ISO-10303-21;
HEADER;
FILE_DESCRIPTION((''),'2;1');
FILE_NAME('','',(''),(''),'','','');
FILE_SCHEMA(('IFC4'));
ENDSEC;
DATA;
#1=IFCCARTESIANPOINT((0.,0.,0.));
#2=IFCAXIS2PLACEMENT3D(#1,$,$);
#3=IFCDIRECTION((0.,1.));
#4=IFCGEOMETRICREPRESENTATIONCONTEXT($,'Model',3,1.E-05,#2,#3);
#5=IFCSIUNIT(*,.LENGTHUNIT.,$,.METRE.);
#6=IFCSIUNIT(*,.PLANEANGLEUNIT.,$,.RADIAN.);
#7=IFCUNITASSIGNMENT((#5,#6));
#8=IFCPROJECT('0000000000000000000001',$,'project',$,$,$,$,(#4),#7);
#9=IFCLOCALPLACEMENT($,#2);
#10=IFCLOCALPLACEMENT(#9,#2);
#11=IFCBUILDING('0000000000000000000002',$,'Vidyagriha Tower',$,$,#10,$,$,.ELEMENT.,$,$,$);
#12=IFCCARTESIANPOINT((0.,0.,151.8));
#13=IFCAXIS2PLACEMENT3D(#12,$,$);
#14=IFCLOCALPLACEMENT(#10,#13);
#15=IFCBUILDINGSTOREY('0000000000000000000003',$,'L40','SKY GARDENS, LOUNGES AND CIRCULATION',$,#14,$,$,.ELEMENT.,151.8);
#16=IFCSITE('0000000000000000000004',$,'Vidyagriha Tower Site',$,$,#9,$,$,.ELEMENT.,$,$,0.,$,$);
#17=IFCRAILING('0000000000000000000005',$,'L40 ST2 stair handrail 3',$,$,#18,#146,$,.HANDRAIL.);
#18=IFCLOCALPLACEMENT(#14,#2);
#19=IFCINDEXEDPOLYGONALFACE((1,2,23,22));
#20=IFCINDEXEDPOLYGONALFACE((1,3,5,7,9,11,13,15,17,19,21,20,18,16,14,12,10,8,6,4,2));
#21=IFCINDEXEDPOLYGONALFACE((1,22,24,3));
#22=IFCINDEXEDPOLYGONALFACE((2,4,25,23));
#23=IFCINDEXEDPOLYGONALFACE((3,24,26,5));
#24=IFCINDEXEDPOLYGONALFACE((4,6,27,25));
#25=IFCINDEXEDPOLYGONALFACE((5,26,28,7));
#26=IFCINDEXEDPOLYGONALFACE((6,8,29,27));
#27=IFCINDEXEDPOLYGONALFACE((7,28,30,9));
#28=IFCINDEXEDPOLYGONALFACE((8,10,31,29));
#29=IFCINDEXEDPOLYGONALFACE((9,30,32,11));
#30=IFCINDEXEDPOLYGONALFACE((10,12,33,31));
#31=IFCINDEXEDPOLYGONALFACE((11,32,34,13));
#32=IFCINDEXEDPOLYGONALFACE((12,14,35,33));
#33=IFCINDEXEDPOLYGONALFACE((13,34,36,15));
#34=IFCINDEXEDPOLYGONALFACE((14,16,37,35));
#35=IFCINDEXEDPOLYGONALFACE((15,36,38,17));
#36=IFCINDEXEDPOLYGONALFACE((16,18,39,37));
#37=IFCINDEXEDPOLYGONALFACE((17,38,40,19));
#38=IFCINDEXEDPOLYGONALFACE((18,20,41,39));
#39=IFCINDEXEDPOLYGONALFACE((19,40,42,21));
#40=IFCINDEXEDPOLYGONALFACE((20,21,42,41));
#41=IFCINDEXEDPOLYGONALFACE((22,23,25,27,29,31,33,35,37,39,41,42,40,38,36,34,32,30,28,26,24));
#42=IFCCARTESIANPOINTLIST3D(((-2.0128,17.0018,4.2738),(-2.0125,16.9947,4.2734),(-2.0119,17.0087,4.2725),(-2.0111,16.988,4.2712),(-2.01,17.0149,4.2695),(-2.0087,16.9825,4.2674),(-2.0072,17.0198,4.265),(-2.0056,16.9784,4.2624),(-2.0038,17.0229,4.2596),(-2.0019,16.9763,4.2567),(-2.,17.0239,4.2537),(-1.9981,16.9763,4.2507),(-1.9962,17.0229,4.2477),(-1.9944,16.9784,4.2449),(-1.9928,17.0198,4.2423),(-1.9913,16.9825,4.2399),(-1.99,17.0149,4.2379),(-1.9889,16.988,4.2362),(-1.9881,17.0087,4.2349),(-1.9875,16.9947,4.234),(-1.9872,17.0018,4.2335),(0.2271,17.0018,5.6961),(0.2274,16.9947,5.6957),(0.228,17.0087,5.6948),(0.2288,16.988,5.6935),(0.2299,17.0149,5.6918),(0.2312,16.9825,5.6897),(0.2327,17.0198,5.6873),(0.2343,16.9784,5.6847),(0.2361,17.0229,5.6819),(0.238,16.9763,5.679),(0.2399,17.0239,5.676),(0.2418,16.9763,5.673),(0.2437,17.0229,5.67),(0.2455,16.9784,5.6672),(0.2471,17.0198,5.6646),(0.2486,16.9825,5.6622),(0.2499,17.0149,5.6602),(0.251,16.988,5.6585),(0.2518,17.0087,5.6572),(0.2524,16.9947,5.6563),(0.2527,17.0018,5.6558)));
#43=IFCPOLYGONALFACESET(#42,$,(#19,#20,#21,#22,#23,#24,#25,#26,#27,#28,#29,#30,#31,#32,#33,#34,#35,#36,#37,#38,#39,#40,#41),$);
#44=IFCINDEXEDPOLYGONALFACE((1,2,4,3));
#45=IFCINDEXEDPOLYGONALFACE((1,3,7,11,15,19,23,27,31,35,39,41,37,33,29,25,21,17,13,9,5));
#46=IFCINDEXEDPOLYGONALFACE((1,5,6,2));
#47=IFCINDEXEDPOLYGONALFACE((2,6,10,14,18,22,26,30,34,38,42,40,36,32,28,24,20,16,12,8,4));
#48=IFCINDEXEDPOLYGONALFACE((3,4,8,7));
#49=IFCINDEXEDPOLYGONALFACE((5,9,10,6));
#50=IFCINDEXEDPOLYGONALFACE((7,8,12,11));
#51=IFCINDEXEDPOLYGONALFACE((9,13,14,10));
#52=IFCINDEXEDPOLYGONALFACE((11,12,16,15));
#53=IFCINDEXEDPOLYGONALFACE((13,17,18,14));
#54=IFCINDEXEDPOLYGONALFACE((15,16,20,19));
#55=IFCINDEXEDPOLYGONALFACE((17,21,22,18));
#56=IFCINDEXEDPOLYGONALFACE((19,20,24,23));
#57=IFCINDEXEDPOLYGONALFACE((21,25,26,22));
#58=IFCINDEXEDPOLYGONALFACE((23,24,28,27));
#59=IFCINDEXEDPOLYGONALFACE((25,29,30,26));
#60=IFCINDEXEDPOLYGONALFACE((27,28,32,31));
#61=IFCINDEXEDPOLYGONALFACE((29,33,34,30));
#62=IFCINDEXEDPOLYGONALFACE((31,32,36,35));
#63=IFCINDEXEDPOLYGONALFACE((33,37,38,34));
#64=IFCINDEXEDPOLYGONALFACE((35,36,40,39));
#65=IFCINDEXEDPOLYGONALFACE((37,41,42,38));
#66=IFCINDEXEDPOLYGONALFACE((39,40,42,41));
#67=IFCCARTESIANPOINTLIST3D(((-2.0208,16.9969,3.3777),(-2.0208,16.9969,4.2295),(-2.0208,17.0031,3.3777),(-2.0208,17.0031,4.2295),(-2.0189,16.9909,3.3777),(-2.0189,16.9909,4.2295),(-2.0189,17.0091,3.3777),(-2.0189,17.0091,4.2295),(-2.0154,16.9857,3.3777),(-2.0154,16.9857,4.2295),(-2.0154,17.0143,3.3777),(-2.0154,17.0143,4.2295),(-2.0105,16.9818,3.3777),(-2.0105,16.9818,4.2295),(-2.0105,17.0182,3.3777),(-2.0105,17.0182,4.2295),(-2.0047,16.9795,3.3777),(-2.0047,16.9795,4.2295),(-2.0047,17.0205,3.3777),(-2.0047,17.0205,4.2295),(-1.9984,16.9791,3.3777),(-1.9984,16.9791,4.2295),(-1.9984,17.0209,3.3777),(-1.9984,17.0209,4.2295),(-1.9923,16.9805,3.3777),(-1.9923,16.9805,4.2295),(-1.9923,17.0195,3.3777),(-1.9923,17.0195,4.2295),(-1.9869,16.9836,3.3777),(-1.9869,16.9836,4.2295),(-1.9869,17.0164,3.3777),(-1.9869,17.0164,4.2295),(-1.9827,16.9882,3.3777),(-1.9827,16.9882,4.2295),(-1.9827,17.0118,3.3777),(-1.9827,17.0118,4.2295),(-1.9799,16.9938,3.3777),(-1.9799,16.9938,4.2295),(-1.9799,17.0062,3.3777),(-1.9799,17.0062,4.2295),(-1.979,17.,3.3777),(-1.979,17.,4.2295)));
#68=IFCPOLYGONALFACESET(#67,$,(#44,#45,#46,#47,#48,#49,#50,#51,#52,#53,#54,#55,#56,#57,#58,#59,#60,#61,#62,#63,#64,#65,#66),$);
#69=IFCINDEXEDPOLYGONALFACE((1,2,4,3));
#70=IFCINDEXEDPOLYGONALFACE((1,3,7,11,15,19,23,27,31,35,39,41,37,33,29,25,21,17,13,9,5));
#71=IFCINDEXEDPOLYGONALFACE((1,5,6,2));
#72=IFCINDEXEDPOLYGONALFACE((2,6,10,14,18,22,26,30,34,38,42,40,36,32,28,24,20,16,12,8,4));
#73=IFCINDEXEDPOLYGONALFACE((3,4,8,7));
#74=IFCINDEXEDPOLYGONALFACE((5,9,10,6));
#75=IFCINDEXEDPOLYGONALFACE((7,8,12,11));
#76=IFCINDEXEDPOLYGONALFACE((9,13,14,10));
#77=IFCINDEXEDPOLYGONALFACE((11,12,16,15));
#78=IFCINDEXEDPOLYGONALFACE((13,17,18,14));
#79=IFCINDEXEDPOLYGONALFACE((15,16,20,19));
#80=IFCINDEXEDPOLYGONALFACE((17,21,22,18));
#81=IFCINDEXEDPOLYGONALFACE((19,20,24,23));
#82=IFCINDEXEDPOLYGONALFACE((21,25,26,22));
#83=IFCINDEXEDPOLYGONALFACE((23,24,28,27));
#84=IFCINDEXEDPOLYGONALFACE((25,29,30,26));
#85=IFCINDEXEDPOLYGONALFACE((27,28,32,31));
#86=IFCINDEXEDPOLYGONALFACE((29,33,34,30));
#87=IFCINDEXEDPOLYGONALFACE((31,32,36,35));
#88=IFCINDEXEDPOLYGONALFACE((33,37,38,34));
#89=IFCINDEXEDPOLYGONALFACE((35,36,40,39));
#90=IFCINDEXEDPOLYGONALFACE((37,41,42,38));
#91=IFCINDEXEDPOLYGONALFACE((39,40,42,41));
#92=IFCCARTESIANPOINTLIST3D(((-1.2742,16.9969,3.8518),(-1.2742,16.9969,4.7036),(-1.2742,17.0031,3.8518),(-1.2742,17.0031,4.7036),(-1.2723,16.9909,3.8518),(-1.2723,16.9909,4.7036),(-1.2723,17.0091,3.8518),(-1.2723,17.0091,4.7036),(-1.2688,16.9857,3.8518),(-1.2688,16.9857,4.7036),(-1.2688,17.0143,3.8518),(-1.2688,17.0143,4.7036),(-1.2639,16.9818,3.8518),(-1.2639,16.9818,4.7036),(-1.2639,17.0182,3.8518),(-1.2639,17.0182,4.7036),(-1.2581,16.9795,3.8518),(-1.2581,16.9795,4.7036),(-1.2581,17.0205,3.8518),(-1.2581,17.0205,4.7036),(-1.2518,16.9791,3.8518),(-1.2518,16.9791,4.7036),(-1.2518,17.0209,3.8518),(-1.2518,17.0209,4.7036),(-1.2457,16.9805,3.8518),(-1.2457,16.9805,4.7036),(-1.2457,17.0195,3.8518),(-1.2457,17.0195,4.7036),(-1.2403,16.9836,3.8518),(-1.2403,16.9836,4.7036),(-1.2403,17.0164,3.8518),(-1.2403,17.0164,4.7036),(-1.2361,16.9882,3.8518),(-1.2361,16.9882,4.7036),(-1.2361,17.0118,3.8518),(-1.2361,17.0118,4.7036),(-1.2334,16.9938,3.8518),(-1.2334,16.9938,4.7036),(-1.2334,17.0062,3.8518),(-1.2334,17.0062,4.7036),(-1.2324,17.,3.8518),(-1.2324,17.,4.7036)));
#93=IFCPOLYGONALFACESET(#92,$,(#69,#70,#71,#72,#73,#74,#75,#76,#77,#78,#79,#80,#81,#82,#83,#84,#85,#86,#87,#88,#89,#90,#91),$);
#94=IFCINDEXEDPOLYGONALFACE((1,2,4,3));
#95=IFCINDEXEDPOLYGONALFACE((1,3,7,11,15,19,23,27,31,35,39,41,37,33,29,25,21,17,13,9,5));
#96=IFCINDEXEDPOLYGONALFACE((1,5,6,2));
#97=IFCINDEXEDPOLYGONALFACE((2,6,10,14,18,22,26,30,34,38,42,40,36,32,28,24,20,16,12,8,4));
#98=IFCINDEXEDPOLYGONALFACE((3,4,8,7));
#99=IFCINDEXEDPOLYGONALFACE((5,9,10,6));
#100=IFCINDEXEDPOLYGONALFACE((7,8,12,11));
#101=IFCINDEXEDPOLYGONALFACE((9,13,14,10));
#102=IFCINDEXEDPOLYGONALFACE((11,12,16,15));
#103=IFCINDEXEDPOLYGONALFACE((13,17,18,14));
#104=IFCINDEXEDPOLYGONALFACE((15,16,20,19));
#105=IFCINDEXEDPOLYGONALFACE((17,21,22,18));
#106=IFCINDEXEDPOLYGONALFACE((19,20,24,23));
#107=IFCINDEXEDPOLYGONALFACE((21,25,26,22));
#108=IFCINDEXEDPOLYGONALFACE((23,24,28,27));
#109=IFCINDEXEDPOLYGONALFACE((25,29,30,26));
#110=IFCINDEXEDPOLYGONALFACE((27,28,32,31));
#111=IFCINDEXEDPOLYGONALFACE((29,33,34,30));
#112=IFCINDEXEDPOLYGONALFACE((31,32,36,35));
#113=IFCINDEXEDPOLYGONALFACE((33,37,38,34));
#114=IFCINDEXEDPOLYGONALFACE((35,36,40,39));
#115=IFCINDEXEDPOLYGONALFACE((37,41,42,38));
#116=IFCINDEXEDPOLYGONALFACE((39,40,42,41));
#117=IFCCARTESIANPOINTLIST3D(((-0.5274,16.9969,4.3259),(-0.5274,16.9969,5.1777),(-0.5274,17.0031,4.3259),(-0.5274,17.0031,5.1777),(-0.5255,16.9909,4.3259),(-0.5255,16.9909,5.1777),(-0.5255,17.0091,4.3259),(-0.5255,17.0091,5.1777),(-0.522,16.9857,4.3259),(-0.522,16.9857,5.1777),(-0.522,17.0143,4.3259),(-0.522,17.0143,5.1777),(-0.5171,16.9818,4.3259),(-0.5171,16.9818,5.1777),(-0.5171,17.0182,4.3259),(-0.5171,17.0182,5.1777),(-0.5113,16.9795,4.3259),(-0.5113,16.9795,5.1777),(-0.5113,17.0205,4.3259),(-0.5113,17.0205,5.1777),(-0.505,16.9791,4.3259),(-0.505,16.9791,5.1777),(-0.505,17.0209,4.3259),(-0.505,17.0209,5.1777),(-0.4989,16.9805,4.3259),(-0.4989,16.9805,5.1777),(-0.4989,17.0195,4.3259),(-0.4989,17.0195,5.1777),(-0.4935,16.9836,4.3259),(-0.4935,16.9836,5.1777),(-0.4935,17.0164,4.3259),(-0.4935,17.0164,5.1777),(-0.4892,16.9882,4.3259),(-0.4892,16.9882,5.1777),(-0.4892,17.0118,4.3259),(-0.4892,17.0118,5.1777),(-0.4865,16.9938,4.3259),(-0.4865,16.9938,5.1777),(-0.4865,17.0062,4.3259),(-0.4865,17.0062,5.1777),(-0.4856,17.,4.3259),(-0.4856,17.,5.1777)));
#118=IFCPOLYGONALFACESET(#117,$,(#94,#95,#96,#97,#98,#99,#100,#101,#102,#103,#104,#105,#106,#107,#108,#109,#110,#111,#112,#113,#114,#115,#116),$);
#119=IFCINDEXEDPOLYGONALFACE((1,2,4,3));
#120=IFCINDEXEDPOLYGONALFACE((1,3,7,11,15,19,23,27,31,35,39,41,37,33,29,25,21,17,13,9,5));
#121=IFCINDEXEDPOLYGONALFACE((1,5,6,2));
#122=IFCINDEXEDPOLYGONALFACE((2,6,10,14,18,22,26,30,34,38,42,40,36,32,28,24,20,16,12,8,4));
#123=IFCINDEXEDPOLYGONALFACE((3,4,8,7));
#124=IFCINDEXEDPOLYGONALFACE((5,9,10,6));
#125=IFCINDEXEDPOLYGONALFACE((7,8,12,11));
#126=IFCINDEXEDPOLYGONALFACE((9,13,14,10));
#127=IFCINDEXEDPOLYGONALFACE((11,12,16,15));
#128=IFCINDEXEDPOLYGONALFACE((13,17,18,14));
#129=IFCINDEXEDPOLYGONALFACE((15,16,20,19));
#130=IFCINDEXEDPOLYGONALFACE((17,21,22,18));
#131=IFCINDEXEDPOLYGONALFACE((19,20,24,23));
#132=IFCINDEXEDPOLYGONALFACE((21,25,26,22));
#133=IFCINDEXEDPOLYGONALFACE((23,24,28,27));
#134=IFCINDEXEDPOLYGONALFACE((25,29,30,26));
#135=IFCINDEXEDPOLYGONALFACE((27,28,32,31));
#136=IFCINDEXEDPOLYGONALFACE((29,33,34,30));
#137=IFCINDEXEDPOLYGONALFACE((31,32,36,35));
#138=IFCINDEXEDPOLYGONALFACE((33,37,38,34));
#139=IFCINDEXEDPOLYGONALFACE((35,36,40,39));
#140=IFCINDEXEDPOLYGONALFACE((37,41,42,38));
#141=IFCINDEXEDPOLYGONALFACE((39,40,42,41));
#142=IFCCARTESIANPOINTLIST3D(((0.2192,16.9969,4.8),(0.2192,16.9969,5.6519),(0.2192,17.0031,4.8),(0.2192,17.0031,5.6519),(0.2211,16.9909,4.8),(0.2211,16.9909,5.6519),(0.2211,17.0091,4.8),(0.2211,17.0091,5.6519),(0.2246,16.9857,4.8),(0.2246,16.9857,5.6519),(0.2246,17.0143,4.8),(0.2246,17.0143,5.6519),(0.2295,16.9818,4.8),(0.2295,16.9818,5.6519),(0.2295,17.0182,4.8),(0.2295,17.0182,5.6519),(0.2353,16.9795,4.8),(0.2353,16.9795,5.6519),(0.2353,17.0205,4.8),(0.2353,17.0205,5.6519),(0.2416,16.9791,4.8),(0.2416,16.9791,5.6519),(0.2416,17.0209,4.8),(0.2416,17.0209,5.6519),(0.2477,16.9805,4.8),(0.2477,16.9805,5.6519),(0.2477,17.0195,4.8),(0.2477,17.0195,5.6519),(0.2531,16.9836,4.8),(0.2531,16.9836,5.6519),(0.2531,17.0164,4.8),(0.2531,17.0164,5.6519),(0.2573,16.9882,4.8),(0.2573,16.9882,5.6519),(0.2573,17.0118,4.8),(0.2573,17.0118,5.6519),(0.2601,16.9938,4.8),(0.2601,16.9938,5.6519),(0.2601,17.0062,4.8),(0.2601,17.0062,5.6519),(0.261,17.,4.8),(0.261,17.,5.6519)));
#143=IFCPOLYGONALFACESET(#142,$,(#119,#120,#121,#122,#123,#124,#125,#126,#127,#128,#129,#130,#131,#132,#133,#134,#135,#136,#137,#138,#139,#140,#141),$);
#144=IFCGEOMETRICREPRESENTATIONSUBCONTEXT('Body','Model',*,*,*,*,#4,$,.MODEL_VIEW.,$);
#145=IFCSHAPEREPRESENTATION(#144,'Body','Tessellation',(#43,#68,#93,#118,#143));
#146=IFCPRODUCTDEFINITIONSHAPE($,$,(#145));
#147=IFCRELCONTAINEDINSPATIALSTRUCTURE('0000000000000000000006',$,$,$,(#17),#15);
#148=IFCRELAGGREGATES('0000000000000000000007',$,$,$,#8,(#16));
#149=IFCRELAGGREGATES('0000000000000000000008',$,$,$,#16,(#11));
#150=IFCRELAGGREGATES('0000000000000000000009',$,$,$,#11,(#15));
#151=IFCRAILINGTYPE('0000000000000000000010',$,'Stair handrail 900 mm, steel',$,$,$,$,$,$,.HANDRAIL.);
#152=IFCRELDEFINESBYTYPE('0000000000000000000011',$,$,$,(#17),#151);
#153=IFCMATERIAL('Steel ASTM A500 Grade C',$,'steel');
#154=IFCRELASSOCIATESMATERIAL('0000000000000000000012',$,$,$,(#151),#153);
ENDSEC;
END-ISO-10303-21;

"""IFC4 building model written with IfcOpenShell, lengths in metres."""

from ifc_helpers import new_model, si_unit, direction, frame, origin, origin_2d, place, context, subcontext, project, spatial, circle, extrude, material, type_object, element, save


model = new_model("IFC4")

# Units and contexts
model_context = context("Model", 3, precision=1e-05, world=origin(), true_north=direction((0.0, 1.0)))
body_context = subcontext(model_context, "Body", "Model", "MODEL_VIEW")
ifc_project = project(units=[si_unit("LENGTHUNIT", "METRE"), si_unit("PLANEANGLEUNIT", "RADIAN")], contexts=[model_context])

# Site, building, storey
site_placement = place(None, origin())
site = spatial("IfcSite", under=ifc_project, at=site_placement, Name="Vidyagriha Tower Site", CompositionType="ELEMENT", RefElevation=0.0)
building_placement = place(site_placement, origin())
building = spatial("IfcBuilding", under=site, at=building_placement, Name="Vidyagriha Tower", CompositionType="ELEMENT")
storey_placement = place(building_placement, frame((0.0, 0.0, 151.8)))
storey = spatial("IfcBuildingStorey", under=building, at=storey_placement, Name="L40", Description="SKY GARDENS, LOUNGES AND CIRCULATION", CompositionType="ELEMENT", Elevation=151.8)

# Railing
ifc_material_1 = material(Name="Steel ASTM A500 Grade C", Category="steel")
railing_type = type_object("IfcRailingType", Name="Stair handrail 900 mm, steel", PredefinedType="HANDRAIL", material=ifc_material_1)
for number, where, name in (
    (1, (-2.0, 17.0, 3.3777), "L40 ST2 stair handrail 3"),
):
    element("IfcRailing", number, at=place(storey_placement, frame(where)), inside=storey, type_object=railing_type, Name=name, PredefinedType="HANDRAIL", context=body_context, shape_type="SweptSolid", body=[
        extrude(circle(Radius=0.0239, at=origin_2d()), frame((0.0, 0.0, 0.876), z_axis=(0.844188, 0.0, 0.536048), x_axis=(0.0, 1.0, 0.0)), (0.0, 0.0, 1.0), 2.6533),
        extrude(circle(Radius=0.021, at=origin_2d()), origin(), (0.0, 0.0, 1.0), 0.8518),
        extrude(circle(Radius=0.021, at=origin_2d()), frame((0.7466, 0.0, 0.4741)), (0.0, 0.0, 1.0), 0.8518),
        extrude(circle(Radius=0.021, at=origin_2d()), frame((1.4934, 0.0, 0.9482)), (0.0, 0.0, 1.0), 0.8518),
        extrude(circle(Radius=0.021, at=origin_2d()), frame((2.24, 0.0, 1.4224)), (0.0, 0.0, 1.0), 0.8518),
    ])

save(model, "model.ifc")
